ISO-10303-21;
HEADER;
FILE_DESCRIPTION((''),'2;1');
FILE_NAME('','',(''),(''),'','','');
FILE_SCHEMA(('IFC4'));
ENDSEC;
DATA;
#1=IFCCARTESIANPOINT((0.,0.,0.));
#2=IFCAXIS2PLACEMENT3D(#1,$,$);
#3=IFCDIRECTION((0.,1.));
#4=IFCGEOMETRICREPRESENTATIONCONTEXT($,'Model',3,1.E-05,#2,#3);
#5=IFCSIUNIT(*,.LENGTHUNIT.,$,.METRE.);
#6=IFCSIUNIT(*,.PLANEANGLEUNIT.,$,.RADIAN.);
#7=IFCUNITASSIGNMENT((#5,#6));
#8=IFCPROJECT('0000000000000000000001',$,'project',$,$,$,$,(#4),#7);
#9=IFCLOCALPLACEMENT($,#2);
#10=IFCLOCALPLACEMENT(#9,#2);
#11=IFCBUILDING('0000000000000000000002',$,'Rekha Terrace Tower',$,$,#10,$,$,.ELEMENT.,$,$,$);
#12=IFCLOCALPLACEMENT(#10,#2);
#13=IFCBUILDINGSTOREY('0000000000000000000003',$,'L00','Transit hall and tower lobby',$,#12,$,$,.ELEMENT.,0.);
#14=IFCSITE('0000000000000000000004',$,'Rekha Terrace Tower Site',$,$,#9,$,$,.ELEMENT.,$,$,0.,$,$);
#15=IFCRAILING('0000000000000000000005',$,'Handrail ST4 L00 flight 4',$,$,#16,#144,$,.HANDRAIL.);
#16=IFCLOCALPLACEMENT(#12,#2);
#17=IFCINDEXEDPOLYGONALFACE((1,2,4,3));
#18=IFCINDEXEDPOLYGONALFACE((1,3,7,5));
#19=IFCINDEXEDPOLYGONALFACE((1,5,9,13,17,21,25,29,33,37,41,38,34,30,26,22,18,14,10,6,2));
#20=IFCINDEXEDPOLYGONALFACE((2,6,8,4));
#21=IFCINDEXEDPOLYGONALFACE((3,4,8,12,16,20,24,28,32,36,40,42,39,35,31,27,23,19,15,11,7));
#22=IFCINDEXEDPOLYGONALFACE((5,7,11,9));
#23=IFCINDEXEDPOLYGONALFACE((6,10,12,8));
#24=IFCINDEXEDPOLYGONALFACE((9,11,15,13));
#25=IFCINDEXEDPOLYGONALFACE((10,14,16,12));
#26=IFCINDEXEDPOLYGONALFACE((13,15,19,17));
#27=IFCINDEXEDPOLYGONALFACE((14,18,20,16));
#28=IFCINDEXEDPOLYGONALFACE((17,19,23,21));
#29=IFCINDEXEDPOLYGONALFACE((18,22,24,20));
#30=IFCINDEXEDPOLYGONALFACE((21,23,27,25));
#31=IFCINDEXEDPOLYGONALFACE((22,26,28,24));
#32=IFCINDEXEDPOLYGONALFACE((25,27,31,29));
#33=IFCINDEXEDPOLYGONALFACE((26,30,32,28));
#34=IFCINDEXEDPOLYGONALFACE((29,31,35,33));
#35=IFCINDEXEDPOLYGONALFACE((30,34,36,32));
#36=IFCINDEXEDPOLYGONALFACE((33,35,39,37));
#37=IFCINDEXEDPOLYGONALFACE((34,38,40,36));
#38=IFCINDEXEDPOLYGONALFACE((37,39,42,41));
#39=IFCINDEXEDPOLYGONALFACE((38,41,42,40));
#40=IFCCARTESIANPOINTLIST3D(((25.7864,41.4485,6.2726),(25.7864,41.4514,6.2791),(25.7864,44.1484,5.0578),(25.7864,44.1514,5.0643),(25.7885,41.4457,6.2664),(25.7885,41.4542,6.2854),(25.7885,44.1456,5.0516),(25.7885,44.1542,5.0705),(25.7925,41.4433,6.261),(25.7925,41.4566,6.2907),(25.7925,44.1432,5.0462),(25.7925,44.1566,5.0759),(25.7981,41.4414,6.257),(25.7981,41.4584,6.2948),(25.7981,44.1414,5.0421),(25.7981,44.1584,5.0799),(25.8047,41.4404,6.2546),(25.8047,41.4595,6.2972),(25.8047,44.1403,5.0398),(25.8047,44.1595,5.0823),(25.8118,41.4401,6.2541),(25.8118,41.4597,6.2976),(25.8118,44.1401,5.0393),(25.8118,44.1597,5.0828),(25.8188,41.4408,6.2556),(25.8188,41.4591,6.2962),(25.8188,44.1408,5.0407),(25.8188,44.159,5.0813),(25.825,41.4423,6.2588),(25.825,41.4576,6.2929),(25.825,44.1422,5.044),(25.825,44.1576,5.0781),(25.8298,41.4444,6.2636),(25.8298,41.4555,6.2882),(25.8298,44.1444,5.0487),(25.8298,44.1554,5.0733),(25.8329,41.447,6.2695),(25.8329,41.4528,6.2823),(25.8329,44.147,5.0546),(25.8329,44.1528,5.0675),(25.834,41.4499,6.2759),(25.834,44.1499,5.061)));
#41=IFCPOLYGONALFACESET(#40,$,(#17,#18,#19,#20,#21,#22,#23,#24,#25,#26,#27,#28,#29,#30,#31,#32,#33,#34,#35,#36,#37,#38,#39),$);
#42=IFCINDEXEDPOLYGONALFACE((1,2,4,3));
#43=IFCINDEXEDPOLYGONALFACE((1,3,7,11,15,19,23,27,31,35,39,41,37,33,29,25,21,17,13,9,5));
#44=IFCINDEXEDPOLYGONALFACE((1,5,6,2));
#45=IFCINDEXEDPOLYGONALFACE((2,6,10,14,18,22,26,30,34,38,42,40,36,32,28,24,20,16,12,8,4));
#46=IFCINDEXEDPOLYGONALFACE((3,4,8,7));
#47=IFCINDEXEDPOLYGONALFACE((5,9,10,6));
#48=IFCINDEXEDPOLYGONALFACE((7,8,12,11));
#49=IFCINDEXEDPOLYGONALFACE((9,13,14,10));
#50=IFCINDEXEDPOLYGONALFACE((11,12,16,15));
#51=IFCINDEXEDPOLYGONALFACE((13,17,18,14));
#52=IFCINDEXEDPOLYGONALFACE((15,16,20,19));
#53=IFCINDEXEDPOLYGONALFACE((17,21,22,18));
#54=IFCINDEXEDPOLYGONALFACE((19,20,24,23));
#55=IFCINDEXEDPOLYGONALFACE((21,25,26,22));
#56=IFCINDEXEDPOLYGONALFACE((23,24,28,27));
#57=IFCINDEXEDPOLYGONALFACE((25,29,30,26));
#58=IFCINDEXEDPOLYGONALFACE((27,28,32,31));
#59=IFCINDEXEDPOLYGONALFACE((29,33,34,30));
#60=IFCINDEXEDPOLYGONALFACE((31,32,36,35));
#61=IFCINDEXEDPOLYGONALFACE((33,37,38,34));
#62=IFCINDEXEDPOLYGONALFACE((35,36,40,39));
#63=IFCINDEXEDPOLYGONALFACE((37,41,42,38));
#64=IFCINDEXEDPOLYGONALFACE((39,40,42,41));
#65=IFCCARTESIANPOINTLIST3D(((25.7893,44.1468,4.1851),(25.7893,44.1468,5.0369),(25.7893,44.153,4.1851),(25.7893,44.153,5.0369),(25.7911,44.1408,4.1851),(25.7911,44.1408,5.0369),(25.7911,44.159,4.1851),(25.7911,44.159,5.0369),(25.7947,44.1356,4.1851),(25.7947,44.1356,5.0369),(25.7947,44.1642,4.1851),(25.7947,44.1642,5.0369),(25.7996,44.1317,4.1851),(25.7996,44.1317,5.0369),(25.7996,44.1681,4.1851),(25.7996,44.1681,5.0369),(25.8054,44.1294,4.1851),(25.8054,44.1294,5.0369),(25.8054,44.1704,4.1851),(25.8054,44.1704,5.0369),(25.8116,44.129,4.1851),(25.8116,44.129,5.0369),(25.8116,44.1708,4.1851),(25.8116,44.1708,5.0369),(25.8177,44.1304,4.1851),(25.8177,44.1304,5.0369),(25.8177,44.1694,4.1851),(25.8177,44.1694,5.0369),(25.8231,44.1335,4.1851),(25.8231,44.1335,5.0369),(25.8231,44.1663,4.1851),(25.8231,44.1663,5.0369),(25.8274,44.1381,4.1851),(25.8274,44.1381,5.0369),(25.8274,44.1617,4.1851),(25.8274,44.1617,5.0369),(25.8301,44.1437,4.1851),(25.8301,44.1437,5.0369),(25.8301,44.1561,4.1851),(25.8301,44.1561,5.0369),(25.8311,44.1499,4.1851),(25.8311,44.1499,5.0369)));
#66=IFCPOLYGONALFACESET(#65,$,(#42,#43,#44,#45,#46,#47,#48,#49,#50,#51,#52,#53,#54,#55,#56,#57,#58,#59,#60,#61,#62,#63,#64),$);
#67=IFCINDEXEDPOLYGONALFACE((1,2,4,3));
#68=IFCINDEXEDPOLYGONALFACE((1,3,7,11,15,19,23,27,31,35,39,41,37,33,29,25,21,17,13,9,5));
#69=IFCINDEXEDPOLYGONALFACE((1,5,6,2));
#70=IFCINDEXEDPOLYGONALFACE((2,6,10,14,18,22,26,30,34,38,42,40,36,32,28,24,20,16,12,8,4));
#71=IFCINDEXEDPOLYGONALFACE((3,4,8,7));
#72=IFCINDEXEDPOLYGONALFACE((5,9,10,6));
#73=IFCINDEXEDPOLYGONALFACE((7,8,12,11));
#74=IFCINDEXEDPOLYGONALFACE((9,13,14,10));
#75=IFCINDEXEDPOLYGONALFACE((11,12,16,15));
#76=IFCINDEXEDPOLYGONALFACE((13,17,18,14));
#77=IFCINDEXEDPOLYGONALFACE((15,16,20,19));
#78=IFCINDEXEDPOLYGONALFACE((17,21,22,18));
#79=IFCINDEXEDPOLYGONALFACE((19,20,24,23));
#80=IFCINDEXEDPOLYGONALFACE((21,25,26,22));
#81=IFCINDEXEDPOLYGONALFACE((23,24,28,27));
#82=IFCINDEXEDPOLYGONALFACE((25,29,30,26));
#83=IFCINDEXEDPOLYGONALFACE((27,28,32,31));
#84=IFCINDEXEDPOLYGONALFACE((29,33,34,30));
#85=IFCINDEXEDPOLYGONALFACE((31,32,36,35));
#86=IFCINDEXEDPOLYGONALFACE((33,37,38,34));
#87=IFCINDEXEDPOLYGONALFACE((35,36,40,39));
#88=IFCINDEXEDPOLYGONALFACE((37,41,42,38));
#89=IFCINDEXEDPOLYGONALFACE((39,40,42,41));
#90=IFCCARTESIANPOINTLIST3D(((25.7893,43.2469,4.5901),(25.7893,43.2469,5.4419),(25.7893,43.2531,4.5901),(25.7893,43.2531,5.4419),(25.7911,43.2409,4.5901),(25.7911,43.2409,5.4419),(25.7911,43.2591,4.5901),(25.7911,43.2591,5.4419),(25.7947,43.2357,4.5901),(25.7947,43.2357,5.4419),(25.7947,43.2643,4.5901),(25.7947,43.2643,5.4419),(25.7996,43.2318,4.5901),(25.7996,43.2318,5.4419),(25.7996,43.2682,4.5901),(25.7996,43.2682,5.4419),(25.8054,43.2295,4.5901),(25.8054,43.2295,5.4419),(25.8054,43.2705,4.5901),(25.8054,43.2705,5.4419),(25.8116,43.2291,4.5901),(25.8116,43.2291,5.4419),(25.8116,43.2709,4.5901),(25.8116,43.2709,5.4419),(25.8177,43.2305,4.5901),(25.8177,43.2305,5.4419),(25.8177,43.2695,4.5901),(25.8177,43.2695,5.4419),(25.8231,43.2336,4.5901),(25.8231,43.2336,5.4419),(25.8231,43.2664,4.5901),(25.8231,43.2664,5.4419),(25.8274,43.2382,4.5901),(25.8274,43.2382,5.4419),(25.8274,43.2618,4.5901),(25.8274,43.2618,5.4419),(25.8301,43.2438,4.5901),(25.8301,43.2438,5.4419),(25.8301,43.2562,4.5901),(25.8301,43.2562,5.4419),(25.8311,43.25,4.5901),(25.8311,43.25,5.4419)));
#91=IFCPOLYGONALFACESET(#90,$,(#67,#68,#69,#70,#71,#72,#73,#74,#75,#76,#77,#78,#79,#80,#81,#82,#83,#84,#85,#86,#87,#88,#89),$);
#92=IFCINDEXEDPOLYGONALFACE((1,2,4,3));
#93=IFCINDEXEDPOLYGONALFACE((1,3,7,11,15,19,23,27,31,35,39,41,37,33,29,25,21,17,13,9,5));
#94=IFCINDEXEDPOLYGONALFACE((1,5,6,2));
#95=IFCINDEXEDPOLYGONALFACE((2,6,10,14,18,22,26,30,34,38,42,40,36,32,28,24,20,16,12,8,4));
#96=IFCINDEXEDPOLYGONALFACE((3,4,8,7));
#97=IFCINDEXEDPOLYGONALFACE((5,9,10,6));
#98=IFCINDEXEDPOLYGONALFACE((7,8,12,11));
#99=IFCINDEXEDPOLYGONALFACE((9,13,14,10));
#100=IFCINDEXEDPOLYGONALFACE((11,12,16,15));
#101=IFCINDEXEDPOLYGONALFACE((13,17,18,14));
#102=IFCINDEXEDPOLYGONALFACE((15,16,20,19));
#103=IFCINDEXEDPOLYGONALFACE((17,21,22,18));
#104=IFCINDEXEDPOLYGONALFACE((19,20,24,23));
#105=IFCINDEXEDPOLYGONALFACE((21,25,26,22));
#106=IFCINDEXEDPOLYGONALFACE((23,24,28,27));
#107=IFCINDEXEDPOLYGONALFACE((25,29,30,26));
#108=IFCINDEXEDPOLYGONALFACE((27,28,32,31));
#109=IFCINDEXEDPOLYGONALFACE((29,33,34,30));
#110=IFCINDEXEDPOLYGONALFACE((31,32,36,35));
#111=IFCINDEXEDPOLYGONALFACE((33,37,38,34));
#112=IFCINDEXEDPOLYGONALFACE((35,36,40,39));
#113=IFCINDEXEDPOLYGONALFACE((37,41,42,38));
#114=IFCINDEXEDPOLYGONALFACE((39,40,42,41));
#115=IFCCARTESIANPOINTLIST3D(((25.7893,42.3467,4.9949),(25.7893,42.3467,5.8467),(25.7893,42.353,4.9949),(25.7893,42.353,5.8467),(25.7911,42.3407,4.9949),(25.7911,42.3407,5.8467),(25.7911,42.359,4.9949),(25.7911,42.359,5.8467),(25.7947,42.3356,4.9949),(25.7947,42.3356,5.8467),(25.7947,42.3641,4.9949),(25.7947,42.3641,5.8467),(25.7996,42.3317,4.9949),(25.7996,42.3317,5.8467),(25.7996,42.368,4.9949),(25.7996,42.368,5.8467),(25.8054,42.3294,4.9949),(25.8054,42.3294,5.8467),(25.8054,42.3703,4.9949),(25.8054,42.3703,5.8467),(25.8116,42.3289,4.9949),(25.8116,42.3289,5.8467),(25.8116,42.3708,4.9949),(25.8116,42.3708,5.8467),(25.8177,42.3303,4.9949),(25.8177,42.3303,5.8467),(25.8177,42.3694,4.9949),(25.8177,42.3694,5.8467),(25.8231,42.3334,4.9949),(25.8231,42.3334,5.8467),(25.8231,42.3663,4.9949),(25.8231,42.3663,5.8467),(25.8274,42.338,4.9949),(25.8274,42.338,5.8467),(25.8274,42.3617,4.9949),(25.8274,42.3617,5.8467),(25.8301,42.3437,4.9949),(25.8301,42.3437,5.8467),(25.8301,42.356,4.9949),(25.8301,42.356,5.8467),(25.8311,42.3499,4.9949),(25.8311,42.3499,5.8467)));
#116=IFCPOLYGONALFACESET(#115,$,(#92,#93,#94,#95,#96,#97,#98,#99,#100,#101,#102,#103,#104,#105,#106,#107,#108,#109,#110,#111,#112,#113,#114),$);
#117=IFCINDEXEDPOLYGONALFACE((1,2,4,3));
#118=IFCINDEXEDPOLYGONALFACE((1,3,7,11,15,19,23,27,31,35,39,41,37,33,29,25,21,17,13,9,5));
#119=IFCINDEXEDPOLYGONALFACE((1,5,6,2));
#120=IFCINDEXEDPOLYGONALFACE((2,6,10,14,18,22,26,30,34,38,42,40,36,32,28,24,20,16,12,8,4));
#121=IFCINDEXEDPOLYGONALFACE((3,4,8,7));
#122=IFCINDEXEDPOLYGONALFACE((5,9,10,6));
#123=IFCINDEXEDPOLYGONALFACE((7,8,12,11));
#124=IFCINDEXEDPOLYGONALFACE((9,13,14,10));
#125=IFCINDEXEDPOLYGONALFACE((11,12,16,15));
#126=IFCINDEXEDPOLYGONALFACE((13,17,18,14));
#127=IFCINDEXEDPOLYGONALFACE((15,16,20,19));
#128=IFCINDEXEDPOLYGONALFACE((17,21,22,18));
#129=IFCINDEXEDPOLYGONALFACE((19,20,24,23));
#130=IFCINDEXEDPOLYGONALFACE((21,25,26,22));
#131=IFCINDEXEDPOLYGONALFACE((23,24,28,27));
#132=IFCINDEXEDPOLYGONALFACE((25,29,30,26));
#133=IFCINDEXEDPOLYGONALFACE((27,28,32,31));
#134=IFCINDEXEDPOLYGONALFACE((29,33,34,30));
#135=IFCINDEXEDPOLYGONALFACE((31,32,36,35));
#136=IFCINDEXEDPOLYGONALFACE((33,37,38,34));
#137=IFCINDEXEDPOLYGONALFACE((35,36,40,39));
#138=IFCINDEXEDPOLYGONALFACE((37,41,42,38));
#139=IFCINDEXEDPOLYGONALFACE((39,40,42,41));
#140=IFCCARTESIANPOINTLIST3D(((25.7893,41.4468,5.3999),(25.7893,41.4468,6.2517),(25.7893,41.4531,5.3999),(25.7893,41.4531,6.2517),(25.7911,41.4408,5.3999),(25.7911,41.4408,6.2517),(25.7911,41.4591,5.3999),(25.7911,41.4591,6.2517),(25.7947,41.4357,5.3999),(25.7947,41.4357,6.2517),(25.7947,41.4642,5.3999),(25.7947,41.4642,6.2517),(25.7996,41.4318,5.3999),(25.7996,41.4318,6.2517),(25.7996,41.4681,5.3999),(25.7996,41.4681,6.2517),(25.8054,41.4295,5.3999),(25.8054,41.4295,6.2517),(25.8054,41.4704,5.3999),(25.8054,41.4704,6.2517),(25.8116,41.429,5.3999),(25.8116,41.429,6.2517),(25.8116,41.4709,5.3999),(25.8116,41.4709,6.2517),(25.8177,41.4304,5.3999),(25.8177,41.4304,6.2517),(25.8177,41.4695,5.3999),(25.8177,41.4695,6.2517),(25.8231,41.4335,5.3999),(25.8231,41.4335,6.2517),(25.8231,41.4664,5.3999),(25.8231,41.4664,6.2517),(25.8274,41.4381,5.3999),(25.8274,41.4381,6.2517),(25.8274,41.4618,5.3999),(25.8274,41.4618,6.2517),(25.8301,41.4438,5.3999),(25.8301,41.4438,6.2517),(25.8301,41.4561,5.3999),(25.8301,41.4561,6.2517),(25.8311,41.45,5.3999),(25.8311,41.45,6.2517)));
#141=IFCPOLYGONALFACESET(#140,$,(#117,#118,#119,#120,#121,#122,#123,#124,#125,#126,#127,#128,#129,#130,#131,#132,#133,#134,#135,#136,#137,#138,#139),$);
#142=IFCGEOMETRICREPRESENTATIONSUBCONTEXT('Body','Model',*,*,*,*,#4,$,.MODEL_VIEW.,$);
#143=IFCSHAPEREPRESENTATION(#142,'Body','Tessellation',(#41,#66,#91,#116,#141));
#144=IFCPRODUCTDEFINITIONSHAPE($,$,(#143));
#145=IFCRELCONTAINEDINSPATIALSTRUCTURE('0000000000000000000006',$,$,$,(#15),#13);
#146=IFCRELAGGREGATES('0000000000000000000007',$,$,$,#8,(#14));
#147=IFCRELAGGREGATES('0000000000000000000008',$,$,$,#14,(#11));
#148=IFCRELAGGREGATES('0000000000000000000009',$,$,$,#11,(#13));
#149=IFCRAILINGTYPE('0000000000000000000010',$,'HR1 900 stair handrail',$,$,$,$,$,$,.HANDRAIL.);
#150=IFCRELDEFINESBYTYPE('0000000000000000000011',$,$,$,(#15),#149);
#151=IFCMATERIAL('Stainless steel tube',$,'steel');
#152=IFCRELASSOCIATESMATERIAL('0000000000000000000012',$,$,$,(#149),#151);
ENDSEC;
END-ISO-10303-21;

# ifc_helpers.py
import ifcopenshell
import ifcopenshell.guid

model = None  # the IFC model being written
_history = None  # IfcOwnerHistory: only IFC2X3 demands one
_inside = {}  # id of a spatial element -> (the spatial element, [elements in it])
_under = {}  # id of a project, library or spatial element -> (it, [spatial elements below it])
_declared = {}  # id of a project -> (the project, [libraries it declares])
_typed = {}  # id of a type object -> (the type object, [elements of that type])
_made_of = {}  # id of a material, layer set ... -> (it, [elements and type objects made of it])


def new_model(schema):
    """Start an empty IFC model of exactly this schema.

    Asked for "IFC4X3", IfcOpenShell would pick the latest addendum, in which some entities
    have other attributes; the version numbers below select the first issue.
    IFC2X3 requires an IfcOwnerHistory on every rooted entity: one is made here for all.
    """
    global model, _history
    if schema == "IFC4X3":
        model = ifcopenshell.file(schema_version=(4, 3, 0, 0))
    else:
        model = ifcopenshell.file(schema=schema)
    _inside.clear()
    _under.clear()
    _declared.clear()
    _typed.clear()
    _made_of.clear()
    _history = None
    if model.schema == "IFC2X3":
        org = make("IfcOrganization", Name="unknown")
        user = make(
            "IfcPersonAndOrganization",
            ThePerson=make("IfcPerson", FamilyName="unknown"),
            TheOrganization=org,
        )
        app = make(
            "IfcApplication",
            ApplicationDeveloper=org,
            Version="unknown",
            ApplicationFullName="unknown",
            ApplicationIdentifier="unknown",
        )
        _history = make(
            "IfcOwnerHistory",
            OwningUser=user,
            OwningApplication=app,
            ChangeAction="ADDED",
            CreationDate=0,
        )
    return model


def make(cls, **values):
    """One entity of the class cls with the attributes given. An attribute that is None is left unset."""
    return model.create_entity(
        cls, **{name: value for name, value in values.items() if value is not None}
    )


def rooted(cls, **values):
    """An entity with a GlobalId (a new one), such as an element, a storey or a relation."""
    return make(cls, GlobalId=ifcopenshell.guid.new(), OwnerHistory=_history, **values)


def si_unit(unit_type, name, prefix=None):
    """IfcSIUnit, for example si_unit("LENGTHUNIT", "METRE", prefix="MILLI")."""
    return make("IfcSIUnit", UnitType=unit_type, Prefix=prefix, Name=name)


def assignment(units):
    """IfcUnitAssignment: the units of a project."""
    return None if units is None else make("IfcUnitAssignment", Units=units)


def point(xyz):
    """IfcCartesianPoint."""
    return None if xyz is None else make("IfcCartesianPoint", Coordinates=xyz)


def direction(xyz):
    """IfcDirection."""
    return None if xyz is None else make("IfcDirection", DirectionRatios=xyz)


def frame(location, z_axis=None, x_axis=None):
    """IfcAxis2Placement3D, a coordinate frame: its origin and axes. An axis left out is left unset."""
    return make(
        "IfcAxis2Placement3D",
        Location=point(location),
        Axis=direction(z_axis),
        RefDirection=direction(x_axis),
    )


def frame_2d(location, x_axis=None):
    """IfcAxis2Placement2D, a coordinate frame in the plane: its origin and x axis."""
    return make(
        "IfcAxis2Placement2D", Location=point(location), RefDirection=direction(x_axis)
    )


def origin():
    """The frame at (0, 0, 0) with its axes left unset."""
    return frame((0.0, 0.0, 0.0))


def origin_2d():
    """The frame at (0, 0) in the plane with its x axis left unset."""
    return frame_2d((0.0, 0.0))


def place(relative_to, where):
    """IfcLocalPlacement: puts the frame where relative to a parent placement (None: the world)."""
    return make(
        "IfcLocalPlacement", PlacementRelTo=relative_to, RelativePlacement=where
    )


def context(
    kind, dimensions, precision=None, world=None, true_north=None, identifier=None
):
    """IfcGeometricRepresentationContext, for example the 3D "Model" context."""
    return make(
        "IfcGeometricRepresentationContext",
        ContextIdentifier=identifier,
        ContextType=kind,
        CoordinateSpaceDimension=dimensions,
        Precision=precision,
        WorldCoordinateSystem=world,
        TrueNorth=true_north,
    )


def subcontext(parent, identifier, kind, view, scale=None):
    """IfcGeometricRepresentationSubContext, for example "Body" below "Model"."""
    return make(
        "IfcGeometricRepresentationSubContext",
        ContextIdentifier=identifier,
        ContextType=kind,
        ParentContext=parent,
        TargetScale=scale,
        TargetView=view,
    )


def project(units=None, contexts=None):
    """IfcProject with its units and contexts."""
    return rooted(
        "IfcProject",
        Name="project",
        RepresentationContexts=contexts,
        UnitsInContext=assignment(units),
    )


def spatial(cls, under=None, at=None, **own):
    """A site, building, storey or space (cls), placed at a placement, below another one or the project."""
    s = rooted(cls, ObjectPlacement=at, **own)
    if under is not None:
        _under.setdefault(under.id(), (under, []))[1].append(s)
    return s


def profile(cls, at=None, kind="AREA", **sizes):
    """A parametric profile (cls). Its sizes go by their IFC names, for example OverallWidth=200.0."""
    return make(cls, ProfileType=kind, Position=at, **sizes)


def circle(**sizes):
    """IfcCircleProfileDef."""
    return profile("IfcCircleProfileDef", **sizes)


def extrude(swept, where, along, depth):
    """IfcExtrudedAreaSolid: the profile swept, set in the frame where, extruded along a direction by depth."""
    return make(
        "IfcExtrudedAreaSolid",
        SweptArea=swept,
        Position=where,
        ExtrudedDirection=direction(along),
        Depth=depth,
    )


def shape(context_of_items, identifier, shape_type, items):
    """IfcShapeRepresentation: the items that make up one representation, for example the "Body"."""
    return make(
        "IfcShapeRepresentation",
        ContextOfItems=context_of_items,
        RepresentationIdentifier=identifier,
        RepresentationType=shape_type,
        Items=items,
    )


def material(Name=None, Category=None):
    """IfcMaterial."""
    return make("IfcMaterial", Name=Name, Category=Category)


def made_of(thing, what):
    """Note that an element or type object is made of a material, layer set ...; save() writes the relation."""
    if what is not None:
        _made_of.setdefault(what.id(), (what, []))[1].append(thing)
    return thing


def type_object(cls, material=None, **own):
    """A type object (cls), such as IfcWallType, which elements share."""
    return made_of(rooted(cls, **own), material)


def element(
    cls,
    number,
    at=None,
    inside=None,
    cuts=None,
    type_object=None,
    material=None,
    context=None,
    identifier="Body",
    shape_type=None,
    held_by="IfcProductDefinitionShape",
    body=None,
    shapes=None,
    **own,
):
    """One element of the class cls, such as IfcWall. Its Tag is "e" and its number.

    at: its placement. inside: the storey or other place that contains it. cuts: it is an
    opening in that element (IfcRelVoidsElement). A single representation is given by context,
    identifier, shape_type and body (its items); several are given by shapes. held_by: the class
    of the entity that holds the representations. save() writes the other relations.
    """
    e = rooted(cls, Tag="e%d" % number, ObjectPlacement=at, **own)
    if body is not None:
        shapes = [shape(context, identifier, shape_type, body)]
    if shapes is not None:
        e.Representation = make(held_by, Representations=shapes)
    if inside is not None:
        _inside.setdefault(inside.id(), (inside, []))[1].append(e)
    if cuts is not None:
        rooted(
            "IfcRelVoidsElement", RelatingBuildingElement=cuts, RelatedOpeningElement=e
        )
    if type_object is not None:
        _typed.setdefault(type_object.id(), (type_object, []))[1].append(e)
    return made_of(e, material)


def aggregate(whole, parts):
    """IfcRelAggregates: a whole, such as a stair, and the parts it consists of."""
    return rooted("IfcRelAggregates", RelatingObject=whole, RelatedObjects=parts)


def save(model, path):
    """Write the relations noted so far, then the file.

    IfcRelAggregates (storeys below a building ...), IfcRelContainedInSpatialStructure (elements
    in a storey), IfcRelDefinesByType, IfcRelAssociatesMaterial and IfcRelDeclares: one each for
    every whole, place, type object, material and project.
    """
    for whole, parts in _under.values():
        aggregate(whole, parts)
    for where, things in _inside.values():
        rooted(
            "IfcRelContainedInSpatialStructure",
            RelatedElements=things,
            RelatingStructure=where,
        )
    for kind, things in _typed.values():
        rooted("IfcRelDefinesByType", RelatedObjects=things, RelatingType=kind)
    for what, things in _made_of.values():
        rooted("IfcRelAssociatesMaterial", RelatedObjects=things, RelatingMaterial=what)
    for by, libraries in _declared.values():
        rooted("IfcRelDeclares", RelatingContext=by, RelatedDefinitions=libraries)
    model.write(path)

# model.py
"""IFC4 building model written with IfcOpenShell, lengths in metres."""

from ifc_helpers import new_model, si_unit, direction, frame, origin, origin_2d, place, context, subcontext, project, spatial, circle, extrude, material, type_object, element, save


model = new_model("IFC4")

# Units and contexts
model_context = context("Model", 3, precision=1e-05, world=origin(), true_north=direction((0.0, 1.0)))
body_context = subcontext(model_context, "Body", "Model", "MODEL_VIEW")
ifc_project = project(units=[si_unit("LENGTHUNIT", "METRE"), si_unit("PLANEANGLEUNIT", "RADIAN")], contexts=[model_context])

# Site, building, storey
site_placement = place(None, origin())
site = spatial("IfcSite", under=ifc_project, at=site_placement, Name="Rekha Terrace Tower Site", CompositionType="ELEMENT", RefElevation=0.0)
building_placement = place(site_placement, origin())
building = spatial("IfcBuilding", under=site, at=building_placement, Name="Rekha Terrace Tower", CompositionType="ELEMENT")
storey_placement = place(building_placement, origin())
storey = spatial("IfcBuildingStorey", under=building, at=storey_placement, Name="L00", Description="Transit hall and tower lobby", CompositionType="ELEMENT", Elevation=0.0)

# Railing
ifc_material_1 = material(Name="Stainless steel tube", Category="steel")
railing_type_1 = type_object("IfcRailingType", Name="HR1 900 stair handrail", PredefinedType="HANDRAIL", material=ifc_material_1)
railing_1_placement = place(storey_placement, frame((25.8101, 44.1499, 4.1851)))
element("IfcRailing", 1, at=railing_1_placement, inside=storey, type_object=railing_type_1, Name="Handrail ST4 L00 flight 4", PredefinedType="HANDRAIL", context=body_context, shape_type="SweptSolid", body=[
    extrude(circle(Radius=0.0239, at=origin_2d()), frame((0.0, 0.0, 0.876), z_axis=(0.0, -0.911938, 0.410327), x_axis=(1.0, 0.0, 0.0)), (0.0, 0.0, 1.0), 2.9607),
    extrude(circle(Radius=0.021, at=origin_2d()), origin(), (0.0, 0.0, 1.0), 0.8518),
    extrude(circle(Radius=0.021, at=origin_2d()), frame((0.0, -0.8999, 0.405)), (0.0, 0.0, 1.0), 0.8518),
    extrude(circle(Radius=0.021, at=origin_2d()), frame((0.0, -1.8, 0.8098)), (0.0, 0.0, 1.0), 0.8518),
    extrude(circle(Radius=0.021, at=origin_2d()), frame((0.0, -2.7, 1.2148)), (0.0, 0.0, 1.0), 0.8518),
])

save(model, "model.ifc")
